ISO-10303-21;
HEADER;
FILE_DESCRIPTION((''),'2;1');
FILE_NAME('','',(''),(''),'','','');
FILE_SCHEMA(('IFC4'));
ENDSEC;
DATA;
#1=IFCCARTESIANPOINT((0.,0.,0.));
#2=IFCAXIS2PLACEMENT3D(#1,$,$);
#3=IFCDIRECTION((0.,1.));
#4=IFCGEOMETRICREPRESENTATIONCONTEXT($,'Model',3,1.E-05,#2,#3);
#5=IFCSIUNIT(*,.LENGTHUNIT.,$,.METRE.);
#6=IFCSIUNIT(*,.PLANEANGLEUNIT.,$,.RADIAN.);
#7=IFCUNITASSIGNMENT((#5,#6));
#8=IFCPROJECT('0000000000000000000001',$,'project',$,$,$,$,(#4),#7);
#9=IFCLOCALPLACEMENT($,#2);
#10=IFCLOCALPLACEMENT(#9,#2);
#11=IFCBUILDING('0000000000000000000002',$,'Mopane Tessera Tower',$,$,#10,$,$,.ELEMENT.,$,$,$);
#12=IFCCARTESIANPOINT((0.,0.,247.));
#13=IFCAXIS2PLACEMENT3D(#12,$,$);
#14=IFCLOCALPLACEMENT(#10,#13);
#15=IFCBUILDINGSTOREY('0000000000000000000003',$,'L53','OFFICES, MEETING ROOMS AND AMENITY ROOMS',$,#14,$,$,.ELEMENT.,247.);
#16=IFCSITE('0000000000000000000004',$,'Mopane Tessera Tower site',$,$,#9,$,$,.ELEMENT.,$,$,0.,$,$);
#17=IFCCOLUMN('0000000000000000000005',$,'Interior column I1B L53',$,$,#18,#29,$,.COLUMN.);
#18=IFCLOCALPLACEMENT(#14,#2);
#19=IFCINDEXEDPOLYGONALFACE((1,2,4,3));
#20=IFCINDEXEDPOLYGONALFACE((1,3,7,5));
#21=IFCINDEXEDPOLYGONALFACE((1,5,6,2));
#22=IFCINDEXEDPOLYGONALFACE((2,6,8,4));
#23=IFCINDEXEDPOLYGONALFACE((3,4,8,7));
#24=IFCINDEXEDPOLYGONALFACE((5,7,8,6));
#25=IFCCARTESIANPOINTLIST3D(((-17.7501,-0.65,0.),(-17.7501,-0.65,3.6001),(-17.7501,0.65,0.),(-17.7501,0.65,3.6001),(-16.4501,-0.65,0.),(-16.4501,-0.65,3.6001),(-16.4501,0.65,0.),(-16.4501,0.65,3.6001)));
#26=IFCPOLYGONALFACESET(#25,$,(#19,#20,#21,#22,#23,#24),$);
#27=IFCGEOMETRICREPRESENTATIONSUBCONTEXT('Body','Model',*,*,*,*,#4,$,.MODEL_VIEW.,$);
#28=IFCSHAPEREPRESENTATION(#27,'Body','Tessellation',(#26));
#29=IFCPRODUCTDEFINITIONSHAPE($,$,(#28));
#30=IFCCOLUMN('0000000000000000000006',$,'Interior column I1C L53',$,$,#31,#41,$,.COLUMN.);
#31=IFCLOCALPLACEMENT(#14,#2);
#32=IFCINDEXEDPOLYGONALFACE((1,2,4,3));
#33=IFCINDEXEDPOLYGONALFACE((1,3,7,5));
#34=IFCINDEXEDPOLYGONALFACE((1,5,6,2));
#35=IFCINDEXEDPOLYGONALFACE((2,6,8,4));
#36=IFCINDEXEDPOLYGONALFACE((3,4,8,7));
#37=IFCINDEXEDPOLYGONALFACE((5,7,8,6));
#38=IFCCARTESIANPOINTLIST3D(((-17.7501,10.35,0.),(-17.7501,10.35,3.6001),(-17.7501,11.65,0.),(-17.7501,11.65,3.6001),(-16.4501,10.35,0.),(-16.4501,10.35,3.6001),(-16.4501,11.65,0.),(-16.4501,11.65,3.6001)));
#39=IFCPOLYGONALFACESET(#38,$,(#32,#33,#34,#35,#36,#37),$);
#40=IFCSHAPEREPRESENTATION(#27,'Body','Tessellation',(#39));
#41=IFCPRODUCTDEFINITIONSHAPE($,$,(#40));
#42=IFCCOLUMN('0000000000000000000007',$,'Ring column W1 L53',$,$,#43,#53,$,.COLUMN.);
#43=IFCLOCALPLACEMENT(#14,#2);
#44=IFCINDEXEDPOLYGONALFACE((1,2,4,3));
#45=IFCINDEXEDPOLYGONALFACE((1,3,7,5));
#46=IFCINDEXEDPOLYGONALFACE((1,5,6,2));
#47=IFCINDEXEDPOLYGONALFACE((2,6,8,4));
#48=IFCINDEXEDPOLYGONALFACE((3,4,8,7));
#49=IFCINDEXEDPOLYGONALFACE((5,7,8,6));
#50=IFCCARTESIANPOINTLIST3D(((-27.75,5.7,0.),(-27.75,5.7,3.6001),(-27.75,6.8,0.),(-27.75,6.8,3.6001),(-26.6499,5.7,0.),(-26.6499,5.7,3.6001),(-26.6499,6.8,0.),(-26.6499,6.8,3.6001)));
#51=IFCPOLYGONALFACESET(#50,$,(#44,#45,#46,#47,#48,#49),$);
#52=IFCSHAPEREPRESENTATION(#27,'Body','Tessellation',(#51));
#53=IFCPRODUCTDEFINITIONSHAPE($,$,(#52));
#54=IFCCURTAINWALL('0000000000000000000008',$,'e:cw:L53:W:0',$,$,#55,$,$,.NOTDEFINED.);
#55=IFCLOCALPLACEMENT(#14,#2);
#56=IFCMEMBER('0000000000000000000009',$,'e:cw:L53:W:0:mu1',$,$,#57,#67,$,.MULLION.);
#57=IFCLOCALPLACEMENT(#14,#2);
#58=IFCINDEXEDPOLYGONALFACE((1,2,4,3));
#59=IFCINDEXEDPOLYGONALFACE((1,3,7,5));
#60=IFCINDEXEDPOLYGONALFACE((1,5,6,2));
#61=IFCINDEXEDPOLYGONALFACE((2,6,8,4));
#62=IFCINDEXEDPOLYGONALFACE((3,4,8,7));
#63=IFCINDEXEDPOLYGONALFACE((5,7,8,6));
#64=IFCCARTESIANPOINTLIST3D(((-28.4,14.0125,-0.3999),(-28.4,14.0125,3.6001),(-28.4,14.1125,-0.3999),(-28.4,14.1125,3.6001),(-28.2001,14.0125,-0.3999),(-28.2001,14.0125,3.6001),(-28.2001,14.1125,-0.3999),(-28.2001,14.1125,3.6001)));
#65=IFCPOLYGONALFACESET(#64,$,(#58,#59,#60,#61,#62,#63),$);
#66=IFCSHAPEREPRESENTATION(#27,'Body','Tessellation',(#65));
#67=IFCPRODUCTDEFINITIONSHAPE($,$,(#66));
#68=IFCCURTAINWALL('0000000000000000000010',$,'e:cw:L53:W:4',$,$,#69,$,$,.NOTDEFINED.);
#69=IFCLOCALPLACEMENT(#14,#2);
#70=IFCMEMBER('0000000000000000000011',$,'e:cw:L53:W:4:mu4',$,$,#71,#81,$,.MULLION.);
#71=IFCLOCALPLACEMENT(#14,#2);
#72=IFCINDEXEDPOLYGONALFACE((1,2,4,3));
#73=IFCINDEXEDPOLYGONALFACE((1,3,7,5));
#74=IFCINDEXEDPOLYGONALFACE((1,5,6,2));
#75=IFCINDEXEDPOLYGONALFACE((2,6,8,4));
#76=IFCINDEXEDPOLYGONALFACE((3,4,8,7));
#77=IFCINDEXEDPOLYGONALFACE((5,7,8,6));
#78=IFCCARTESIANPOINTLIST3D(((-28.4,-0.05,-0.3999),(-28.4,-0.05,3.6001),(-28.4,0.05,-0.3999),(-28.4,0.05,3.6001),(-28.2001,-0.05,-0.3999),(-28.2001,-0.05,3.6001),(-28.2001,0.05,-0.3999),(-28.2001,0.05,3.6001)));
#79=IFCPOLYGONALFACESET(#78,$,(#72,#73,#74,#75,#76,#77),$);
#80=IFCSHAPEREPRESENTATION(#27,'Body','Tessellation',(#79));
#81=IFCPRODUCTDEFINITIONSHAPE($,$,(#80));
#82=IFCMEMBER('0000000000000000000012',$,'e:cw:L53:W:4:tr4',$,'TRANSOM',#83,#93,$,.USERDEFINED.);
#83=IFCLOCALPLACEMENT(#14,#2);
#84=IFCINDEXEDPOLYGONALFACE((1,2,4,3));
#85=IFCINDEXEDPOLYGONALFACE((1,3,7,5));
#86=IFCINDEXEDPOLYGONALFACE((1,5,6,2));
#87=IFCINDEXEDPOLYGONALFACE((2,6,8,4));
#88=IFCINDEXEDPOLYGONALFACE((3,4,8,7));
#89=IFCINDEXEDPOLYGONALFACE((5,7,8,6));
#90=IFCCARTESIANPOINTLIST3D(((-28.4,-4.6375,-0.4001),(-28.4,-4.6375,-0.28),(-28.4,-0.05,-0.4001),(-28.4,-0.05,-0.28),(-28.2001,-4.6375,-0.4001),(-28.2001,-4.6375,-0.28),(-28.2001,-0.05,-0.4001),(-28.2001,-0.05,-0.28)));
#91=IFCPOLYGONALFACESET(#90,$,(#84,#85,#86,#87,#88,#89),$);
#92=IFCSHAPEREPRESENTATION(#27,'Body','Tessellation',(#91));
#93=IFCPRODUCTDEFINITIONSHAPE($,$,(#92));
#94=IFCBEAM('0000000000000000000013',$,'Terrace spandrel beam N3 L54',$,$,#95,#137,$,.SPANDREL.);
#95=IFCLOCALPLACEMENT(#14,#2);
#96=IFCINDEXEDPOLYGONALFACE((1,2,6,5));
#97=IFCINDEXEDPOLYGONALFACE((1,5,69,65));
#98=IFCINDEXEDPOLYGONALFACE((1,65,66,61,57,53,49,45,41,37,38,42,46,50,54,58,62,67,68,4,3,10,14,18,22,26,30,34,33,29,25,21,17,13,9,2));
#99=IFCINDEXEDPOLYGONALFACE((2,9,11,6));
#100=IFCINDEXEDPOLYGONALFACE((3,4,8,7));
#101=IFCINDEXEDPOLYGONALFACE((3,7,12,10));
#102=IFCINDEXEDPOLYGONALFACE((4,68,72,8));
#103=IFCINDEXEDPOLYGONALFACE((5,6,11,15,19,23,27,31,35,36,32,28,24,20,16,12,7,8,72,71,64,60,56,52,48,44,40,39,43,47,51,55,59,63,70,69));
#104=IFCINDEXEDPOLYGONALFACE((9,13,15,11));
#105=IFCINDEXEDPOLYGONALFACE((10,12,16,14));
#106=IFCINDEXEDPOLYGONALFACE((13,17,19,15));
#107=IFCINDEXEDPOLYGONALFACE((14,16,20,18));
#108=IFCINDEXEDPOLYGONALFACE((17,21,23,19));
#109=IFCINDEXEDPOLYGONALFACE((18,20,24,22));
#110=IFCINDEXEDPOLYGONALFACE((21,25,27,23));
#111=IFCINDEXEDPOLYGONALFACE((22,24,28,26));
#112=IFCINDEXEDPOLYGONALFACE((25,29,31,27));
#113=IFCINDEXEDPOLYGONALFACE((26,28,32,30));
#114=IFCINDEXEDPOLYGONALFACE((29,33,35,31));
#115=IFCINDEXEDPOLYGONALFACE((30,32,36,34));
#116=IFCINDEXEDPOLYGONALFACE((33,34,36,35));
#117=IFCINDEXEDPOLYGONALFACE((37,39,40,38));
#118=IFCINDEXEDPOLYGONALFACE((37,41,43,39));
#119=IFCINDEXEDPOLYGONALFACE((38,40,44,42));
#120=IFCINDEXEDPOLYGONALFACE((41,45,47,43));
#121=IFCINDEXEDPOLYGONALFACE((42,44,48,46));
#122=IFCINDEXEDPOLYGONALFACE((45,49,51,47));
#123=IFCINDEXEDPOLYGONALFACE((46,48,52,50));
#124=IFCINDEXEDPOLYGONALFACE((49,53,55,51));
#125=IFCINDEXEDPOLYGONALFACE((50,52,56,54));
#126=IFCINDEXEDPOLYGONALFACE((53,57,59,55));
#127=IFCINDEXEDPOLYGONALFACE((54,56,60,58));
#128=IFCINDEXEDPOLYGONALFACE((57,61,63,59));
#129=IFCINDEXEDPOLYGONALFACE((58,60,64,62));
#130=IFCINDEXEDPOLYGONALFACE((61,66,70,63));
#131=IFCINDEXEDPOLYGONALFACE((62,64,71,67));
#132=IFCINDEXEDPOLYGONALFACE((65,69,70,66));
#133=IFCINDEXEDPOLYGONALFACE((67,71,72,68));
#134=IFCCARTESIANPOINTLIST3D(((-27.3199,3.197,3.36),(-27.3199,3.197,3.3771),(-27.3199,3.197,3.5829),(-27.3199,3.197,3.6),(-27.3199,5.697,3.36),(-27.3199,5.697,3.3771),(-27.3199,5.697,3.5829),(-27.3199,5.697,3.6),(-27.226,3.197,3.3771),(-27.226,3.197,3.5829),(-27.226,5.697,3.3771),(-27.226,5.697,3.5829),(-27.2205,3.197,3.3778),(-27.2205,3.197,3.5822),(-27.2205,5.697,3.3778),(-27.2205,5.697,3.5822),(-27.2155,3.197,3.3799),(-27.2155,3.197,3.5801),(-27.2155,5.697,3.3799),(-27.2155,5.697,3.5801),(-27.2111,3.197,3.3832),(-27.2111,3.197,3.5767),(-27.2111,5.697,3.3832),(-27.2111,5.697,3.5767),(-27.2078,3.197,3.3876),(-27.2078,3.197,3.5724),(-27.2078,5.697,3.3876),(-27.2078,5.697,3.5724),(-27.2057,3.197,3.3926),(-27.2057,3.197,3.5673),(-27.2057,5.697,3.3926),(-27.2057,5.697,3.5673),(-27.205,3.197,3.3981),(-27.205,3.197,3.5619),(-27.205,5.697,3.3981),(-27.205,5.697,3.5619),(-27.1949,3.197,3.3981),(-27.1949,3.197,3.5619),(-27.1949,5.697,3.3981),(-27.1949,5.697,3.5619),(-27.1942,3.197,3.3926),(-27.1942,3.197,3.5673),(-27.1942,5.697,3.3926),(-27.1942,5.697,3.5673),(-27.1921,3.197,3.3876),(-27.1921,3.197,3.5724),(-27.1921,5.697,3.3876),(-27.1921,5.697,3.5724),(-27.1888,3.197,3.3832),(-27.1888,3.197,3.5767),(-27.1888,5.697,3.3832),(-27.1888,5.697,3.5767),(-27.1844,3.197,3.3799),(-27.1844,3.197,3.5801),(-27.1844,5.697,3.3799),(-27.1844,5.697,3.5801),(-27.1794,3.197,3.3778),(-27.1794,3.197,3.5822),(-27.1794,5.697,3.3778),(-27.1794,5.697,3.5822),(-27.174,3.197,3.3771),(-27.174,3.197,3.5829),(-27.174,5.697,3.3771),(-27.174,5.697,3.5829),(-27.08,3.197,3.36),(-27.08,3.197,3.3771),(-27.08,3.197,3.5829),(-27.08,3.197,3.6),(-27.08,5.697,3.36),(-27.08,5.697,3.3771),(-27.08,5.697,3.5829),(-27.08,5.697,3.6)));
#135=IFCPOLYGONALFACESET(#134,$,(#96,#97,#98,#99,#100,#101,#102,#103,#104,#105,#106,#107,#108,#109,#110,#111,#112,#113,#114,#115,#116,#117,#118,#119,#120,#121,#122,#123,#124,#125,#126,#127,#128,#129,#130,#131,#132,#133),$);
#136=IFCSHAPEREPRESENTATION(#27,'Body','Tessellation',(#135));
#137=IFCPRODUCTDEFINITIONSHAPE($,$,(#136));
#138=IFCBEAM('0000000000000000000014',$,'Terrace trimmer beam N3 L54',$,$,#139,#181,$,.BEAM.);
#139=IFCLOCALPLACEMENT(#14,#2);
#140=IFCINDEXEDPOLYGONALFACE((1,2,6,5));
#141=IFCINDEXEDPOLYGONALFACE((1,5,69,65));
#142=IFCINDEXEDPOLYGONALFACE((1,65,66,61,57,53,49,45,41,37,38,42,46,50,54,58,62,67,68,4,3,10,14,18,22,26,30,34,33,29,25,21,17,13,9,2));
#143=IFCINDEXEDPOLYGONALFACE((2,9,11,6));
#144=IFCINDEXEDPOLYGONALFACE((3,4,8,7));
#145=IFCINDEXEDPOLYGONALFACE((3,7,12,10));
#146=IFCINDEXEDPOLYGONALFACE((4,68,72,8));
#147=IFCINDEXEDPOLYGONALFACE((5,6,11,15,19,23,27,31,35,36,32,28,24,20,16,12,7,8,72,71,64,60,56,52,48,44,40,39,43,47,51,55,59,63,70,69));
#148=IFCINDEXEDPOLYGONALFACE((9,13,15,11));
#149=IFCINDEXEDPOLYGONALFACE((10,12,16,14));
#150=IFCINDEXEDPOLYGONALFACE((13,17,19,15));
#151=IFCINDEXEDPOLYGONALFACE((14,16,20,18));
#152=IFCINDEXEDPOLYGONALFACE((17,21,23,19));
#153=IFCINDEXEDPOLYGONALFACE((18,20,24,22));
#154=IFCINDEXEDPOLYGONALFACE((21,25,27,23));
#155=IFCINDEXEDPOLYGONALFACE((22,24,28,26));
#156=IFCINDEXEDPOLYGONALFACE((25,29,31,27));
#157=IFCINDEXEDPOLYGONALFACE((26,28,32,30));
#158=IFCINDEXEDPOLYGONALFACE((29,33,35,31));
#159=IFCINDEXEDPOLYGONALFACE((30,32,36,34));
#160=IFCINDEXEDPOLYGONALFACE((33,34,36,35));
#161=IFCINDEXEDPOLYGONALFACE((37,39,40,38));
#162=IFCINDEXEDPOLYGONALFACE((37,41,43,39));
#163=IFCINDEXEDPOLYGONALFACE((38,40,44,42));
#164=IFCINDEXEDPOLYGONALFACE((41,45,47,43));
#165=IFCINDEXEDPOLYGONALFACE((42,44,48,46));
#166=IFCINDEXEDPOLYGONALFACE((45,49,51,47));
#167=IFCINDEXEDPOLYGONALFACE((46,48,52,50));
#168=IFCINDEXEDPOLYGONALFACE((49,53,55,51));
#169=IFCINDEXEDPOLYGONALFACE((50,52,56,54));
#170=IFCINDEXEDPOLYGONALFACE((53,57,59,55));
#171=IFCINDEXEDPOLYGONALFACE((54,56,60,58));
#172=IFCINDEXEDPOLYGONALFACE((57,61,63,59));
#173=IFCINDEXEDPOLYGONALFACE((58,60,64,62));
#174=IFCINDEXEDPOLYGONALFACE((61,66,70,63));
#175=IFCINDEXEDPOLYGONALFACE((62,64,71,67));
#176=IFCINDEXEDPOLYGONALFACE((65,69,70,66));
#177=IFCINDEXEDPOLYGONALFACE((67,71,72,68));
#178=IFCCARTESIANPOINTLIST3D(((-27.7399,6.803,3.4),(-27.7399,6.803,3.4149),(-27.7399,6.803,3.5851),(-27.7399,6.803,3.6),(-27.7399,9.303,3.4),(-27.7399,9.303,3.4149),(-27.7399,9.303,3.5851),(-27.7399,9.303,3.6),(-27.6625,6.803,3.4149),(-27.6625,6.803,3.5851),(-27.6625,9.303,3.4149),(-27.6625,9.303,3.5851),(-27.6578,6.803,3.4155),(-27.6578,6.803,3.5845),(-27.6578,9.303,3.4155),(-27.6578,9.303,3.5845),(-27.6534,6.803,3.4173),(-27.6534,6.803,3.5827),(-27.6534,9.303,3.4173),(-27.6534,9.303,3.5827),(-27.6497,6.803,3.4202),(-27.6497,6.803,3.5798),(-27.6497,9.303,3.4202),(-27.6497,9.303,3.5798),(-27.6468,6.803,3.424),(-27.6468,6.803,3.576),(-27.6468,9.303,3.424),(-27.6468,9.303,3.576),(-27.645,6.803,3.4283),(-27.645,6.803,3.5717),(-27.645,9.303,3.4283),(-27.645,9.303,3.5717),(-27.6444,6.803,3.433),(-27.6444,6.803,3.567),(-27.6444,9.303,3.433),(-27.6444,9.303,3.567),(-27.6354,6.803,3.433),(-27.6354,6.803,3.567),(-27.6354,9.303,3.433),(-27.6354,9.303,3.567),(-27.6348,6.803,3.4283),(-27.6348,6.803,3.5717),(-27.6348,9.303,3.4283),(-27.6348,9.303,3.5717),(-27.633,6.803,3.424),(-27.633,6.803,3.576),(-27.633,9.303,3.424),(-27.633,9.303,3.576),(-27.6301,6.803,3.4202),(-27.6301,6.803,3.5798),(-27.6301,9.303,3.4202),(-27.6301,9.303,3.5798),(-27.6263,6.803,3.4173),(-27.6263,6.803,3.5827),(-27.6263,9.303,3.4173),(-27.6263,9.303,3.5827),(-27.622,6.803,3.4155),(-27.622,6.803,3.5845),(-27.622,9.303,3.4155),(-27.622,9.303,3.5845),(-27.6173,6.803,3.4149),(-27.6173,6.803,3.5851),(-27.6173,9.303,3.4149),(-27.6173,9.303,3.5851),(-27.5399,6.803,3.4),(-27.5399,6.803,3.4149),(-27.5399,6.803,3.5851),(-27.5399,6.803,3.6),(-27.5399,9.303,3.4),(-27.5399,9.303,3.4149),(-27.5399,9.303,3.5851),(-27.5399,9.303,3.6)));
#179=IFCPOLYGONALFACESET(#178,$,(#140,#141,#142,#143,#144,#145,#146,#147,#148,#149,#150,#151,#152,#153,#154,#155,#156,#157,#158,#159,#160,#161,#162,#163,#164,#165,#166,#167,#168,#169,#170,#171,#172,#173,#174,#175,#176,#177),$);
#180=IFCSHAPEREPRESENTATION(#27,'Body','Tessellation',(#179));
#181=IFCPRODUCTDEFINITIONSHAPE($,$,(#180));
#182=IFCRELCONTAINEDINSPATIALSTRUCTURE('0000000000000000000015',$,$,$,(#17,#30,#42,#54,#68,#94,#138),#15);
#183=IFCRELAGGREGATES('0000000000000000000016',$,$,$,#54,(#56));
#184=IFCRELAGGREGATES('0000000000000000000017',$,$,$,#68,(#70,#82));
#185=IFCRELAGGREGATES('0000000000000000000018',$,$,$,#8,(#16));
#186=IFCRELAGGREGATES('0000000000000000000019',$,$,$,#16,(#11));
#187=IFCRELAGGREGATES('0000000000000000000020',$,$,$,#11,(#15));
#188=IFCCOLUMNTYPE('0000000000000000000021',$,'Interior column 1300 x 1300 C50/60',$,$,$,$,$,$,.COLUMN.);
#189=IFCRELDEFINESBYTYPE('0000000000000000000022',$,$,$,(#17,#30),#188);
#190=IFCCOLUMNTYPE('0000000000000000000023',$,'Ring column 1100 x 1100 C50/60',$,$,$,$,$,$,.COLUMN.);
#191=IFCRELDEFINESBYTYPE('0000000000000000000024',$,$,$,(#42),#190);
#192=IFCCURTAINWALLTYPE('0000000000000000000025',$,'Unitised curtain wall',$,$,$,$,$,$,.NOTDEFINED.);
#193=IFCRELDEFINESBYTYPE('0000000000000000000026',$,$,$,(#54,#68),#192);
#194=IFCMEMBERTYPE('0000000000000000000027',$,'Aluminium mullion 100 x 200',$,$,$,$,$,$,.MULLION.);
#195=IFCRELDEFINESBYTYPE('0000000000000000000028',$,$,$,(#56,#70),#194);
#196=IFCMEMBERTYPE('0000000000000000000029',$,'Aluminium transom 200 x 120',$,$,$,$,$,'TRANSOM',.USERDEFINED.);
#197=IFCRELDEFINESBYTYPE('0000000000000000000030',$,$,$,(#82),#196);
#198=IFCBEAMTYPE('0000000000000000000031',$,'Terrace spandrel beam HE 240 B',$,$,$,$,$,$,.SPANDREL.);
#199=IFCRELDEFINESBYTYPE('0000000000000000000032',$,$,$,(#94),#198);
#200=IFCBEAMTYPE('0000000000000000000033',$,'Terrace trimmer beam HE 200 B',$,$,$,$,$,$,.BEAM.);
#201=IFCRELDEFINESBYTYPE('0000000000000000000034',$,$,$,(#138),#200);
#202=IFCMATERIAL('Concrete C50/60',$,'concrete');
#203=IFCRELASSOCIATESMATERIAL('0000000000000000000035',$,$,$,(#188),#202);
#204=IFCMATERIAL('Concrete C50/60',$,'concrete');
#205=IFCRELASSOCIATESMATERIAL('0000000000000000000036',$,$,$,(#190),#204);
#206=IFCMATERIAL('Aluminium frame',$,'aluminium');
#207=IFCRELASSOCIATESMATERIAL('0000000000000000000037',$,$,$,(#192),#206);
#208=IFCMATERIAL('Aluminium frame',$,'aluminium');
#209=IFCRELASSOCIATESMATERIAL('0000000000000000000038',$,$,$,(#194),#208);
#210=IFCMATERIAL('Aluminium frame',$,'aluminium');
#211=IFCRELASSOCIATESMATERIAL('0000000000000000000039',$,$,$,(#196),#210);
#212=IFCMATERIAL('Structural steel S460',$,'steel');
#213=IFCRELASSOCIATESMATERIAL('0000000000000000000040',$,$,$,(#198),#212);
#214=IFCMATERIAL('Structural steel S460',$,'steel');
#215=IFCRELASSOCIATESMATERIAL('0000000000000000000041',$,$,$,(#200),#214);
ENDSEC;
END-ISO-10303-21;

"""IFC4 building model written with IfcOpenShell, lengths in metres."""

from ifc_helpers import new_model, si_unit, direction, frame, origin, origin_2d, place, context, subcontext, project, spatial, rectangle, i_section, extrude, material, material_profile, profile_set, type_object, element, aggregate, save


model = new_model("IFC4")

# Units and contexts
model_context = context("Model", 3, precision=1e-05, world=origin(), true_north=direction((0.0, 1.0)))
body_context = subcontext(model_context, "Body", "Model", "MODEL_VIEW")
ifc_project = project(units=[si_unit("LENGTHUNIT", "METRE"), si_unit("PLANEANGLEUNIT", "RADIAN")], contexts=[model_context])

# Site, building, storey
site_placement = place(None, origin())
site = spatial("IfcSite", under=ifc_project, at=site_placement, Name="Mopane Tessera Tower site", CompositionType="ELEMENT", RefElevation=0.0)
building_placement = place(site_placement, origin())
building = spatial("IfcBuilding", under=site, at=building_placement, Name="Mopane Tessera Tower", CompositionType="ELEMENT")
storey_placement = place(building_placement, frame((0.0, 0.0, 247.0)))
storey = spatial("IfcBuildingStorey", under=building, at=storey_placement, Name="L53", Description="OFFICES, MEETING ROOMS AND AMENITY ROOMS", CompositionType="ELEMENT", Elevation=247.0)

# Columns
ifc_material_1 = material(Name="Concrete C50/60", Category="concrete")
ifc_material_profile_1 = material_profile(ifc_material_1, rectangle(XDim=1.3, YDim=1.3, at=origin_2d()))
ifc_profile_set_1 = profile_set([ifc_material_profile_1], Name="Concrete C50/60")
column_type_1 = type_object("IfcColumnType", Name="Interior column 1300 x 1300 C50/60", PredefinedType="COLUMN", material=ifc_profile_set_1)
for number, where, z_axis, x_axis, name in (
    (1, (-17.1001, 0.0, 0.0), (0.0, 0.0, 1.0), (1.0, 0.0, 0.0), "Interior column I1B L53"),
    (2, (-17.1001, 11.0, 0.0), (0.0, 0.0, 1.0), (1.0, 0.0, 0.0), "Interior column I1C L53"),
):
    element("IfcColumn", number, at=place(storey_placement, frame(where, z_axis=z_axis, x_axis=x_axis)), inside=storey, type_object=column_type_1, Name=name, PredefinedType="COLUMN", context=body_context, shape_type="SweptSolid", body=[
        extrude(rectangle(XDim=1.3, YDim=1.3, at=origin_2d()), origin(), (0.0, 0.0, 1.0), 3.6001),
    ])
ifc_material_2 = material(Name="Concrete C50/60", Category="concrete")
ifc_material_profile_2 = material_profile(ifc_material_2, rectangle(XDim=1.1001, YDim=1.1001, at=origin_2d()))
ifc_profile_set_2 = profile_set([ifc_material_profile_2], Name="Concrete C50/60")
column_type_2 = type_object("IfcColumnType", Name="Ring column 1100 x 1100 C50/60", PredefinedType="COLUMN", material=ifc_profile_set_2)
column_placement = place(storey_placement, frame((-27.2, 6.25, 0.0), z_axis=(0.0, 0.0, 1.0), x_axis=(1.0, 0.0, 0.0)))
element("IfcColumn", 3, at=column_placement, inside=storey, type_object=column_type_2, Name="Ring column W1 L53", PredefinedType="COLUMN", context=body_context, shape_type="SweptSolid", body=[
    extrude(rectangle(XDim=1.1001, YDim=1.1001, at=origin_2d()), origin(), (0.0, 0.0, 1.0), 3.6001),
])

# Curtain wall, member
ifc_material_3 = material(Name="Aluminium frame", Category="aluminium")
curtain_wall_type = type_object("IfcCurtainWallType", Name="Unitised curtain wall", PredefinedType="NOTDEFINED", material=ifc_material_3)
curtain_wall_1_placement = place(storey_placement, origin())
curtain_wall_1 = element("IfcCurtainWall", 4, at=curtain_wall_1_placement, inside=storey, type_object=curtain_wall_type, Name="e:cw:L53:W:0", PredefinedType="NOTDEFINED")
ifc_material_4 = material(Name="Aluminium frame", Category="aluminium")
ifc_material_profile_3 = material_profile(ifc_material_4, rectangle(XDim=0.1001, YDim=0.2, at=origin_2d()))
ifc_profile_set_3 = profile_set([ifc_material_profile_3], Name="Aluminium frame")
member_type_1 = type_object("IfcMemberType", Name="Aluminium mullion 100 x 200", PredefinedType="MULLION", material=ifc_profile_set_3)
member_1_placement = place(storey_placement, frame((-28.3, 14.0625, -0.3999), z_axis=(0.0, 0.0, 1.0), x_axis=(0.0, -1.0, 0.0)))
member_1 = element("IfcMember", 5, at=member_1_placement, type_object=member_type_1, Name="e:cw:L53:W:0:mu1", PredefinedType="MULLION", context=body_context, shape_type="SweptSolid", body=[
    extrude(rectangle(XDim=0.1001, YDim=0.2, at=origin_2d()), origin(), (0.0, 0.0, 1.0), 4.0),
])
aggregate(curtain_wall_1, [member_1])

# Curtain wall, members
curtain_wall_2_placement = place(storey_placement, origin())
curtain_wall_2 = element("IfcCurtainWall", 6, at=curtain_wall_2_placement, inside=storey, type_object=curtain_wall_type, Name="e:cw:L53:W:4", PredefinedType="NOTDEFINED")
member_2_placement = place(storey_placement, frame((-28.3, 0.0, -0.3999), z_axis=(0.0, 0.0, 1.0), x_axis=(0.0, -1.0, 0.0)))
member_2 = element("IfcMember", 7, at=member_2_placement, type_object=member_type_1, Name="e:cw:L53:W:4:mu4", PredefinedType="MULLION", context=body_context, shape_type="SweptSolid", body=[
    extrude(rectangle(XDim=0.1001, YDim=0.2, at=origin_2d()), origin(), (0.0, 0.0, 1.0), 4.0),
])
ifc_material_5 = material(Name="Aluminium frame", Category="aluminium")
ifc_material_profile_4 = material_profile(ifc_material_5, rectangle(XDim=0.2, YDim=0.1201, at=origin_2d()))
ifc_profile_set_4 = profile_set([ifc_material_profile_4], Name="Aluminium frame")
member_type_2 = type_object("IfcMemberType", Name="Aluminium transom 200 x 120", ElementType="TRANSOM", PredefinedType="USERDEFINED", material=ifc_profile_set_4)
member_3_placement = place(storey_placement, frame((-28.3, -0.05, -0.3401), z_axis=(0.0, -1.0, 0.0), x_axis=(1.0, 0.0, 0.0)))
member_3 = element("IfcMember", 8, at=member_3_placement, type_object=member_type_2, Name="e:cw:L53:W:4:tr4", ObjectType="TRANSOM", PredefinedType="USERDEFINED", context=body_context, shape_type="SweptSolid", body=[
    extrude(rectangle(XDim=0.2, YDim=0.1201, at=origin_2d()), origin(), (0.0, 0.0, 1.0), 4.5874),
])
aggregate(curtain_wall_2, [member_2, member_3])

# Beams
ifc_material_6 = material(Name="Structural steel S460", Category="steel")
ifc_material_profile_5 = material_profile(ifc_material_6, i_section(OverallWidth=0.24, OverallDepth=0.24, WebThickness=0.01, FlangeThickness=0.0171, FilletRadius=0.021, at=origin_2d()))
ifc_profile_set_5 = profile_set([ifc_material_profile_5], Name="Structural steel S460")
beam_type_1 = type_object("IfcBeamType", Name="Terrace spandrel beam HE 240 B", PredefinedType="SPANDREL", material=ifc_profile_set_5)
beam_1_placement = place(storey_placement, frame((-27.2, 5.697, 3.48), z_axis=(0.0, -1.0, 0.0), x_axis=(1.0, 0.0, 0.0)))
element("IfcBeam", 9, at=beam_1_placement, inside=storey, type_object=beam_type_1, Name="Terrace spandrel beam N3 L54", PredefinedType="SPANDREL", context=body_context, shape_type="SweptSolid", body=[
    extrude(i_section(OverallWidth=0.24, OverallDepth=0.24, WebThickness=0.01, FlangeThickness=0.0171, FilletRadius=0.021, at=origin_2d()), origin(), (0.0, 0.0, 1.0), 2.5),
])
ifc_material_7 = material(Name="Structural steel S460", Category="steel")
ifc_material_profile_6 = material_profile(ifc_material_7, i_section(OverallWidth=0.2, OverallDepth=0.2, WebThickness=0.009, FlangeThickness=0.0149, FilletRadius=0.0181, at=origin_2d()))
ifc_profile_set_6 = profile_set([ifc_material_profile_6], Name="Structural steel S460")
beam_type_2 = type_object("IfcBeamType", Name="Terrace trimmer beam HE 200 B", PredefinedType="BEAM", material=ifc_profile_set_6)
beam_2_placement = place(storey_placement, frame((-27.6399, 6.803, 3.5), z_axis=(0.0, 1.0, 0.0), x_axis=(-1.0, 0.0, 0.0)))
element("IfcBeam", 10, at=beam_2_placement, inside=storey, type_object=beam_type_2, Name="Terrace trimmer beam N3 L54", PredefinedType="BEAM", context=body_context, shape_type="SweptSolid", body=[
    extrude(i_section(OverallWidth=0.2, OverallDepth=0.2, WebThickness=0.009, FlangeThickness=0.0149, FilletRadius=0.0181, at=origin_2d()), origin(), (0.0, 0.0, 1.0), 2.5),
])

save(model, "model.ifc")
